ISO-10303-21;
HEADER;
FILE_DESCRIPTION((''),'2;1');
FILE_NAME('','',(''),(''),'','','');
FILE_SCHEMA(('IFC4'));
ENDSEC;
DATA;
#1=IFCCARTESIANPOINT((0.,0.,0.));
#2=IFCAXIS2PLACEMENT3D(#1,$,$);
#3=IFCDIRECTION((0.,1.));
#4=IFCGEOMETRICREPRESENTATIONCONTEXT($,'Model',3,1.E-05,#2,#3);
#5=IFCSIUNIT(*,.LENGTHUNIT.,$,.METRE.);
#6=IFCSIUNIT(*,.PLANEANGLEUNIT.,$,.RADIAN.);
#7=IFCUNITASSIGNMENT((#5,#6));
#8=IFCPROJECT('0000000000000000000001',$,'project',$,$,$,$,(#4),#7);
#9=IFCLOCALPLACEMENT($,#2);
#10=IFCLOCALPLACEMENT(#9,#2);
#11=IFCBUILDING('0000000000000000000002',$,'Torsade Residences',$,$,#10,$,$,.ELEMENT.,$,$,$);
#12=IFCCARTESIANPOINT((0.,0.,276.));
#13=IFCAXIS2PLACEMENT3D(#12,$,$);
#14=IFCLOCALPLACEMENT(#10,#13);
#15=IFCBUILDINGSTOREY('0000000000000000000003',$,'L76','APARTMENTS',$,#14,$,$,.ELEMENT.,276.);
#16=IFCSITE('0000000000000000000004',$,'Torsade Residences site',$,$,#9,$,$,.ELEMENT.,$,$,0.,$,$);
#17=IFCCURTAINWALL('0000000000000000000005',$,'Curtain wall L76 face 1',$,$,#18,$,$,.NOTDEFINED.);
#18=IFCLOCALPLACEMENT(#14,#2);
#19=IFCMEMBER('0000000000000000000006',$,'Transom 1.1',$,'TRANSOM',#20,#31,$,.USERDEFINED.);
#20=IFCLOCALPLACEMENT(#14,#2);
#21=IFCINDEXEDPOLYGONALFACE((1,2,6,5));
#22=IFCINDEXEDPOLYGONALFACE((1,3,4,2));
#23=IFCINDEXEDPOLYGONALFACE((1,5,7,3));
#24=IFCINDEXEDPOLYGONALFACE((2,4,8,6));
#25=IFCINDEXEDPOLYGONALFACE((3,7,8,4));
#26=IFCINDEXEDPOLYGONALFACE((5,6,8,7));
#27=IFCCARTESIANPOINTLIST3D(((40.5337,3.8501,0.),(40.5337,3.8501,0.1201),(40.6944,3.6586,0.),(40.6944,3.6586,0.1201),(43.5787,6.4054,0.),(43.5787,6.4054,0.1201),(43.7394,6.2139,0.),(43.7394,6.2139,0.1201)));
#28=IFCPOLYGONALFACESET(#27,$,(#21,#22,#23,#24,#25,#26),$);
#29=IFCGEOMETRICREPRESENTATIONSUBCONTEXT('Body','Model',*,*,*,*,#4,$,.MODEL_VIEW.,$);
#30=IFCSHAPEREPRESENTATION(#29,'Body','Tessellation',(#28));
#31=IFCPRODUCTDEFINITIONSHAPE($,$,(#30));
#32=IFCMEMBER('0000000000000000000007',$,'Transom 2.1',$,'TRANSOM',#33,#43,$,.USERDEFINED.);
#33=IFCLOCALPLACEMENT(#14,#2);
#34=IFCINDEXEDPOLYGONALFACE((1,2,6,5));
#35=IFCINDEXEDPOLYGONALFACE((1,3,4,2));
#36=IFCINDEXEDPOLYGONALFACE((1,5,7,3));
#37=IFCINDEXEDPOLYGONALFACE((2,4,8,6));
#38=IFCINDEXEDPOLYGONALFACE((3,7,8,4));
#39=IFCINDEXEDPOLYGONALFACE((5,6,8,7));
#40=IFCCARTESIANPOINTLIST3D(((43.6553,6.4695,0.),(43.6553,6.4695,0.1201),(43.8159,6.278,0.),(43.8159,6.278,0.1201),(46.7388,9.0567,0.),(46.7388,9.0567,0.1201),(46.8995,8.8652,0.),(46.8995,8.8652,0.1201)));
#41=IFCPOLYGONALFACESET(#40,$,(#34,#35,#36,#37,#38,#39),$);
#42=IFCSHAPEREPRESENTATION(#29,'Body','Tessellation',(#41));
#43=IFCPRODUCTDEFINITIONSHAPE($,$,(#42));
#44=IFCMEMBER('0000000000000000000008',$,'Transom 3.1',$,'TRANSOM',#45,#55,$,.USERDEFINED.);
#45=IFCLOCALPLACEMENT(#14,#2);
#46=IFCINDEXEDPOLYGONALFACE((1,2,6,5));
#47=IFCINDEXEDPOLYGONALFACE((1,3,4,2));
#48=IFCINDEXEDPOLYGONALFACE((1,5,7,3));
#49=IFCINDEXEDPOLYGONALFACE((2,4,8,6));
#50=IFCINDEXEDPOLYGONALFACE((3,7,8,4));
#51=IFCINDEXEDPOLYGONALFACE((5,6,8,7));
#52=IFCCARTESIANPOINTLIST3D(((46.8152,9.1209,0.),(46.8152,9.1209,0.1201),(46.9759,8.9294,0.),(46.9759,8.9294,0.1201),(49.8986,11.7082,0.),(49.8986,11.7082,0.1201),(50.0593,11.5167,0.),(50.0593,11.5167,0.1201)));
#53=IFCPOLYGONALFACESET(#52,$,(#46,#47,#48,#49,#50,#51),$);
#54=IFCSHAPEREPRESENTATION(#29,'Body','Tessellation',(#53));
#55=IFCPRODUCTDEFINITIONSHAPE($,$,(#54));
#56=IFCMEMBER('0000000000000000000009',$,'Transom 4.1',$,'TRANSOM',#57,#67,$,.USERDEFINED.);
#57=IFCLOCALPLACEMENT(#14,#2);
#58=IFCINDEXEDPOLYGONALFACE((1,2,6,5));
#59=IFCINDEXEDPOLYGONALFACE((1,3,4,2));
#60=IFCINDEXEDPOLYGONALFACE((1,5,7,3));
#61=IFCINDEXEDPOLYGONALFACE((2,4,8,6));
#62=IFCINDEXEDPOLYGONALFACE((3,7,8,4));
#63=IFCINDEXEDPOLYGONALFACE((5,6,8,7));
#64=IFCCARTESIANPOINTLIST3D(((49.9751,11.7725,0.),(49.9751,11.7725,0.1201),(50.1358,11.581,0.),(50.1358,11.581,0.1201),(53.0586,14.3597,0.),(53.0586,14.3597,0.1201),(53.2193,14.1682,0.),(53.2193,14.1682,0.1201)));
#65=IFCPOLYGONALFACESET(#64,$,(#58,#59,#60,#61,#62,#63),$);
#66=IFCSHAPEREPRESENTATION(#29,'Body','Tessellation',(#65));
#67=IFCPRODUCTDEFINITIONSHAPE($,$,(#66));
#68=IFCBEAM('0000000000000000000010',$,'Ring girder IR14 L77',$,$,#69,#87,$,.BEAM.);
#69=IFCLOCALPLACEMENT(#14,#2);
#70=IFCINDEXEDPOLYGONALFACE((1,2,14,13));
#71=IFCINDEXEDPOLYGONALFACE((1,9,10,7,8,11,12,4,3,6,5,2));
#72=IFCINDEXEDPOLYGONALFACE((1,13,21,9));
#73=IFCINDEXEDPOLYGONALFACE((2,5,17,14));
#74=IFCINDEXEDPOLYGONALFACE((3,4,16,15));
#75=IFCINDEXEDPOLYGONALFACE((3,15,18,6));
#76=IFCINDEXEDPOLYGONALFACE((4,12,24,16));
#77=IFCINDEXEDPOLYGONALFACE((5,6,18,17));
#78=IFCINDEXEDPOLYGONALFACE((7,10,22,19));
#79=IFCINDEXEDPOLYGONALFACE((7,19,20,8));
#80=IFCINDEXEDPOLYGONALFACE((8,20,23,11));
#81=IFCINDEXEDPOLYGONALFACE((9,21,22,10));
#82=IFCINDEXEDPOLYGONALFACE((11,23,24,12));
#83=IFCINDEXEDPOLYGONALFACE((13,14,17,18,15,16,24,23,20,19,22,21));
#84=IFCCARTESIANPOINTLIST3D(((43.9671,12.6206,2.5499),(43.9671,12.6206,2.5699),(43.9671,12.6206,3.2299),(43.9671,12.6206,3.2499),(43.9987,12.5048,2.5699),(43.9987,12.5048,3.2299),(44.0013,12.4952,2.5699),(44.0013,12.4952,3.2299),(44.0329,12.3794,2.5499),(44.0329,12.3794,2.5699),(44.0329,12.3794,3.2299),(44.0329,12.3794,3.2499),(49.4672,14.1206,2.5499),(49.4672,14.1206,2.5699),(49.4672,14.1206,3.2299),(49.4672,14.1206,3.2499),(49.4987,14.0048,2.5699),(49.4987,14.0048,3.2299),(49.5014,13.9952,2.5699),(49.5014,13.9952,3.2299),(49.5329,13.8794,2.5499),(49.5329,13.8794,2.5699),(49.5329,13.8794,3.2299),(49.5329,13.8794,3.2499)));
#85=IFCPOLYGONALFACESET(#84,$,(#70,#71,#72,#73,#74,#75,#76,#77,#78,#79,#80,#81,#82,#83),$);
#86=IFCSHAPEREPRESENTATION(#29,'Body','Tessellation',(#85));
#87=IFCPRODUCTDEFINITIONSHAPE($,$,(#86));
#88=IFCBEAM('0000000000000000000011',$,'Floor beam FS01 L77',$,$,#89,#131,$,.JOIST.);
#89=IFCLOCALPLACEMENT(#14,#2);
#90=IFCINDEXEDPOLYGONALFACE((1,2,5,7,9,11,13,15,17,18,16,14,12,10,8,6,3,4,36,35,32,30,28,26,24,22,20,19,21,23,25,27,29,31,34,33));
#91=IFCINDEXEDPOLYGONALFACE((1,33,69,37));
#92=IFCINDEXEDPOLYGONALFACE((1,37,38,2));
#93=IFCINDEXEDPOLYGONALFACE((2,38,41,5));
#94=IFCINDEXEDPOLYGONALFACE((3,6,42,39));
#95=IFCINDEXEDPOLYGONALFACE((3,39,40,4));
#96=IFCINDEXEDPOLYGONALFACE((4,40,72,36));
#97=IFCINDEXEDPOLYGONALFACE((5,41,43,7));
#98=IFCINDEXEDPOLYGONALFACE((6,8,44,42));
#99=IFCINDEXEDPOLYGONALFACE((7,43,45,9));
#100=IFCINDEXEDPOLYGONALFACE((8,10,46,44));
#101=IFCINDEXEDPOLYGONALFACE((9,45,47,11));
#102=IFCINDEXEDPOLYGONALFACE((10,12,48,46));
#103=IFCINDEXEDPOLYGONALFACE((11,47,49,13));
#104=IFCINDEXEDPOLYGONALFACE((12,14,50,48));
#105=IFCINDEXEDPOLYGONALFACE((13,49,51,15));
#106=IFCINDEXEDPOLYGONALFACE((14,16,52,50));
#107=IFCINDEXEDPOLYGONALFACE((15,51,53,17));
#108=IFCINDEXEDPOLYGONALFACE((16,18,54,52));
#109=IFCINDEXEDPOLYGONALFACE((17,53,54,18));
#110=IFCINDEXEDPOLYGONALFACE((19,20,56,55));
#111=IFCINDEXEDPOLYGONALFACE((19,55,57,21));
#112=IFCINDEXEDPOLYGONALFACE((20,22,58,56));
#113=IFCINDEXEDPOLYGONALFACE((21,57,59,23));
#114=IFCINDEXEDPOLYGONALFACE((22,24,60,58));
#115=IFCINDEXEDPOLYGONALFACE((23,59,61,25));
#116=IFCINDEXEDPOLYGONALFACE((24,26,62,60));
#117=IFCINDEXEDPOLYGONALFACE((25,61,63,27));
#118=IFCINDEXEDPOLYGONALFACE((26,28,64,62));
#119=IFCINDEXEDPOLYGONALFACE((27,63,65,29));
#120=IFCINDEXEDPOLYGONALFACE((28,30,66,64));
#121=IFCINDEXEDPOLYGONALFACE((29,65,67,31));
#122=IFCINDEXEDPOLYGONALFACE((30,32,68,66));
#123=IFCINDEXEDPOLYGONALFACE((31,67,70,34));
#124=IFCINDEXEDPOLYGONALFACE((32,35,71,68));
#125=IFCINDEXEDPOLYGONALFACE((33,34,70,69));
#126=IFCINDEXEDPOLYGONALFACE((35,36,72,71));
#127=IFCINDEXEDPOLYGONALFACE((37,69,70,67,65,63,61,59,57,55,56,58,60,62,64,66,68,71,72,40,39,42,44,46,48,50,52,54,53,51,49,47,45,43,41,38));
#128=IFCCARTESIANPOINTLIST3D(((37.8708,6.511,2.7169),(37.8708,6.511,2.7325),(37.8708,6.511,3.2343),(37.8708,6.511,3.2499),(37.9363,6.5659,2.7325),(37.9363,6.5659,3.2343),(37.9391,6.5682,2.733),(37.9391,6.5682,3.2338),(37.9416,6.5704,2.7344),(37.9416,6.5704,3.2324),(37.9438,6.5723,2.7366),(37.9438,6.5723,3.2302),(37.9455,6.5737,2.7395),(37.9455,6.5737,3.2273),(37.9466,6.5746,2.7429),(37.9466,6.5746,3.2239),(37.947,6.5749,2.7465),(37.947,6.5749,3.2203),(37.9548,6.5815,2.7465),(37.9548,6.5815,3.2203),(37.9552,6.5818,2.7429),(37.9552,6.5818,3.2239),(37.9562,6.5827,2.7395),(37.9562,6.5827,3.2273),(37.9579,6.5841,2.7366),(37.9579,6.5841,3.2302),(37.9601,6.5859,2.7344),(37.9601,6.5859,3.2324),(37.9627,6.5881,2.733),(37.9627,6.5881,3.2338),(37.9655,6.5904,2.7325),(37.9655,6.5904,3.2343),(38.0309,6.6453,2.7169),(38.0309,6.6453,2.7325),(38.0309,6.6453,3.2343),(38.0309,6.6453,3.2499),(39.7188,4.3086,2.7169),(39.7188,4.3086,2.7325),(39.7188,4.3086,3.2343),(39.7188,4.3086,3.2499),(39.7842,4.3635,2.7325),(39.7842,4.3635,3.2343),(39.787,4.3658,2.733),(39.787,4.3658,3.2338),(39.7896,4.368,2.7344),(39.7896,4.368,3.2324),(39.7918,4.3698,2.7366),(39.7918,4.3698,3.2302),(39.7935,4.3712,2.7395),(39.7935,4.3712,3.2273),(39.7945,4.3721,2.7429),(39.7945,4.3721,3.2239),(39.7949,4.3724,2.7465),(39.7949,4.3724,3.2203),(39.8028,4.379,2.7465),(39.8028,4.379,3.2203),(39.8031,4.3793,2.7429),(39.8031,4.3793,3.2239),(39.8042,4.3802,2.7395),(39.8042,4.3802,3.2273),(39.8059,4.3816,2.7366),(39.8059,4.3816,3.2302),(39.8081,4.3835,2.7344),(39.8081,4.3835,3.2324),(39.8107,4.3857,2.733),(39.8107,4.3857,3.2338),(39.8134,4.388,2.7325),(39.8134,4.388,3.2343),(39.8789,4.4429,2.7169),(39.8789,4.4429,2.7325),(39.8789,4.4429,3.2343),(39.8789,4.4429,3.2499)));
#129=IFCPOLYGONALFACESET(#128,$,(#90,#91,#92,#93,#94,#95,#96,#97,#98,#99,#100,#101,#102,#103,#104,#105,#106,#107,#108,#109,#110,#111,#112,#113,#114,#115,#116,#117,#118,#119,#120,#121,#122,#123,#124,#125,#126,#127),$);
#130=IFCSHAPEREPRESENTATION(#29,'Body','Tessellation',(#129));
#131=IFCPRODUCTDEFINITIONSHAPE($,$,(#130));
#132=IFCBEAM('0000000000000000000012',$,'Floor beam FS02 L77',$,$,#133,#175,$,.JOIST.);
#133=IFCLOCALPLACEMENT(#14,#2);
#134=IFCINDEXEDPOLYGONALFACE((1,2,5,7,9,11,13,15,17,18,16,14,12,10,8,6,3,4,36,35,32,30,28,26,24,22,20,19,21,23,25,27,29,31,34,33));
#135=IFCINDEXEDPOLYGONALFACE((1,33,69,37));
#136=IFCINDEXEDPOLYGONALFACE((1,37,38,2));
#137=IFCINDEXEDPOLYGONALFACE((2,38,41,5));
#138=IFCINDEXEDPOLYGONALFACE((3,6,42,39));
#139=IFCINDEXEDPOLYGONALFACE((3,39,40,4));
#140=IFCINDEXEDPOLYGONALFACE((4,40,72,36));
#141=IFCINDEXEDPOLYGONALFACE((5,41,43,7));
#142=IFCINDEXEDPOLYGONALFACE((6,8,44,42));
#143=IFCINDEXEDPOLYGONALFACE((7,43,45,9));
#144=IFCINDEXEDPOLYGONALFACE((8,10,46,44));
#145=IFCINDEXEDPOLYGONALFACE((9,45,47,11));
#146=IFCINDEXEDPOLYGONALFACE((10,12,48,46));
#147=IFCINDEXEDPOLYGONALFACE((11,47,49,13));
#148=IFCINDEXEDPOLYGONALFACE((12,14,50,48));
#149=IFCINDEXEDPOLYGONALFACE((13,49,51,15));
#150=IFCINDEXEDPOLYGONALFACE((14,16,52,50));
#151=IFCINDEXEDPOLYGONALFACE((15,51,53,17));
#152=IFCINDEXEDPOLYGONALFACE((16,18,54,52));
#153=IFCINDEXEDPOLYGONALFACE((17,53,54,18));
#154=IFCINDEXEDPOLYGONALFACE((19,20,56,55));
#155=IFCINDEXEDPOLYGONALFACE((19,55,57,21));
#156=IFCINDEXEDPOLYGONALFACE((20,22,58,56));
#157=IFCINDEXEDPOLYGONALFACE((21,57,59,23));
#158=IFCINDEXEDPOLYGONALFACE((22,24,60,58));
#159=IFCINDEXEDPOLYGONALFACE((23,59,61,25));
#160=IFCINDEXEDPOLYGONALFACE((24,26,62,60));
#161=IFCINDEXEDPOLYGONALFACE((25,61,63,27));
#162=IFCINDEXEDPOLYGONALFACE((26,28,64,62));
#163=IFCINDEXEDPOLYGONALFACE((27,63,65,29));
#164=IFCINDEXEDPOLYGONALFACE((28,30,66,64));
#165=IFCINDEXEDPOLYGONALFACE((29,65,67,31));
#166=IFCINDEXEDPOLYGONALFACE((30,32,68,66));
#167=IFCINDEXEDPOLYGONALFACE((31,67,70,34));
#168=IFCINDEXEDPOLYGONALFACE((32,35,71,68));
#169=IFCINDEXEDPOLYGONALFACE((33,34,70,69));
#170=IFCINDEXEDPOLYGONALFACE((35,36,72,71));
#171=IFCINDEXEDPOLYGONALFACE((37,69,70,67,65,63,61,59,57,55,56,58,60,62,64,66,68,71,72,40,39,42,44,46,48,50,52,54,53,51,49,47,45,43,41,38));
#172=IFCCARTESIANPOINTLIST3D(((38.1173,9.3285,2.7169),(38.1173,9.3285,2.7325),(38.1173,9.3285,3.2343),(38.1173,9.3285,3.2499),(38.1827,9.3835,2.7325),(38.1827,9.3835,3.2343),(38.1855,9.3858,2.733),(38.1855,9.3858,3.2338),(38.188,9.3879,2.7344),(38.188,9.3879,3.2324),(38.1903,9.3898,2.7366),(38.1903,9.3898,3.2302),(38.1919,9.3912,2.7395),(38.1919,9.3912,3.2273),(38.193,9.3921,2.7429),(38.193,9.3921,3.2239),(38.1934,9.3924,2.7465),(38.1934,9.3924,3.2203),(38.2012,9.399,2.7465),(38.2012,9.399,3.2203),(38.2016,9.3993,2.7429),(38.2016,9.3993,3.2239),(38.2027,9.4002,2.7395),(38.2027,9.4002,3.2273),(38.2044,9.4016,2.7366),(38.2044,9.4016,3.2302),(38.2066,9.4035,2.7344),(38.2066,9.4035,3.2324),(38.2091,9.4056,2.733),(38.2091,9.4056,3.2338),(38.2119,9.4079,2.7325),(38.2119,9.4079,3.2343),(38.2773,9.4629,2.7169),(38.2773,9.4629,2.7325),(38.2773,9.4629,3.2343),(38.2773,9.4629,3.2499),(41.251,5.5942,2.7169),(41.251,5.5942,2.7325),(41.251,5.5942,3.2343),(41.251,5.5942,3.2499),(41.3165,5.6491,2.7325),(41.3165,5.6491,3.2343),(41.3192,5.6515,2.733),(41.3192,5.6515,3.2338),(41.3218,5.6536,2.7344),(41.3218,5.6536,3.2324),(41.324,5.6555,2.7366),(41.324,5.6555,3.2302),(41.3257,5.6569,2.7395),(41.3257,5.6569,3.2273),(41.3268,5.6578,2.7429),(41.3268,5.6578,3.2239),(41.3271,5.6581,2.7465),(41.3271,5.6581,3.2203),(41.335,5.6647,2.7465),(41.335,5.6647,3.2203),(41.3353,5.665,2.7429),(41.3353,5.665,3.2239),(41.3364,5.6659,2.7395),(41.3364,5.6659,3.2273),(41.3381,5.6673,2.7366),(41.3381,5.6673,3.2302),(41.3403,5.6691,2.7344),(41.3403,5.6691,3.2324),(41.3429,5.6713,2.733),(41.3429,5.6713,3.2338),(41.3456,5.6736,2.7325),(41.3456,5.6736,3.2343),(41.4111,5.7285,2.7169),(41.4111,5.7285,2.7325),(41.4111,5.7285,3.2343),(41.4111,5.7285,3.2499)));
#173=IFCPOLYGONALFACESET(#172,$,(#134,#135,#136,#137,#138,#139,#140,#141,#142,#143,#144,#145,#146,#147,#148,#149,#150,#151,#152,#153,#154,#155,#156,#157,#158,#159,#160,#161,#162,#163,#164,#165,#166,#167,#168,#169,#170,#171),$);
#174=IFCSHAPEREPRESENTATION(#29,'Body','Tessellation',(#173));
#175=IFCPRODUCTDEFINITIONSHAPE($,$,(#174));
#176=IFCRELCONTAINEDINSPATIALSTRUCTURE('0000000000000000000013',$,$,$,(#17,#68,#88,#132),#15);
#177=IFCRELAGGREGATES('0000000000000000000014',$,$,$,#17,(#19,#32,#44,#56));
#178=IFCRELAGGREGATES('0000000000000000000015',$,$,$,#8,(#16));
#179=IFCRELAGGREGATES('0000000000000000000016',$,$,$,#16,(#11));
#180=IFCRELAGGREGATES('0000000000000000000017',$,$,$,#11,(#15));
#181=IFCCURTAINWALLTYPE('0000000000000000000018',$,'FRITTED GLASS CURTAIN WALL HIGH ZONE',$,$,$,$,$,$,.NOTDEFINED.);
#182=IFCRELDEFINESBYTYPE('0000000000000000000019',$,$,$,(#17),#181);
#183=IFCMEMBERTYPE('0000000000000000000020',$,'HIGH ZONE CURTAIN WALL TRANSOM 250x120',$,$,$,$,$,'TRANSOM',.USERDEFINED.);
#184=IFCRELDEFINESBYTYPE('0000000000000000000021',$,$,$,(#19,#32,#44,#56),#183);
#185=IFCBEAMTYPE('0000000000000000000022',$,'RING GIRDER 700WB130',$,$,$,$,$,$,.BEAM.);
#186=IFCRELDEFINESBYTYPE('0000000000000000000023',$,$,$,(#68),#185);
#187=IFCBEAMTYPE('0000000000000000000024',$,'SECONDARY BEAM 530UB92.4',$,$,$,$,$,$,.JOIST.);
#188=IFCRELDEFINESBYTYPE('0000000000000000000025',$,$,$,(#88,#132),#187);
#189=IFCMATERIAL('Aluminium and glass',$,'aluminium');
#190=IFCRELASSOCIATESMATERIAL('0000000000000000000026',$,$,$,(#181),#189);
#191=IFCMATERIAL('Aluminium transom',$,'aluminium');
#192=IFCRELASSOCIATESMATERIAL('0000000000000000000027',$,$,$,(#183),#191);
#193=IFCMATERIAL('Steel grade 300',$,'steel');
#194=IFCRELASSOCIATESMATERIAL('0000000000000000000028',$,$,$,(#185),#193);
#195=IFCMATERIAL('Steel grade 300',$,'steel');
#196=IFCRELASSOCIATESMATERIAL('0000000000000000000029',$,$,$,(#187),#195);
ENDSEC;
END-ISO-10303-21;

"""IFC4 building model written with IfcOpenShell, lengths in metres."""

from ifc_helpers import new_model, si_unit, direction, frame, origin, origin_2d, place, context, subcontext, project, spatial, rectangle, i_section, extrude, material, material_profile, profile_set, type_object, element, aggregate, save


model = new_model("IFC4")

# Units and contexts
model_context = context("Model", 3, precision=1e-05, world=origin(), true_north=direction((0.0, 1.0)))
body_context = subcontext(model_context, "Body", "Model", "MODEL_VIEW")
ifc_project = project(units=[si_unit("LENGTHUNIT", "METRE"), si_unit("PLANEANGLEUNIT", "RADIAN")], contexts=[model_context])

# Site, building, storey
site_placement = place(None, origin())
site = spatial("IfcSite", under=ifc_project, at=site_placement, Name="Torsade Residences site", CompositionType="ELEMENT", RefElevation=0.0)
building_placement = place(site_placement, origin())
building = spatial("IfcBuilding", under=site, at=building_placement, Name="Torsade Residences", CompositionType="ELEMENT")
storey_placement = place(building_placement, frame((0.0, 0.0, 276.0)))
storey = spatial("IfcBuildingStorey", under=building, at=storey_placement, Name="L76", Description="APARTMENTS", CompositionType="ELEMENT", Elevation=276.0)

# Curtain wall, members
ifc_material_1 = material(Name="Aluminium and glass", Category="aluminium")
curtain_wall_type = type_object("IfcCurtainWallType", Name="FRITTED GLASS CURTAIN WALL HIGH ZONE", PredefinedType="NOTDEFINED", material=ifc_material_1)
curtain_wall_placement = place(storey_placement, origin())
curtain_wall = element("IfcCurtainWall", 1, at=curtain_wall_placement, inside=storey, type_object=curtain_wall_type, Name="Curtain wall L76 face 1", PredefinedType="NOTDEFINED")
ifc_material_2 = material(Name="Aluminium transom", Category="aluminium")
ifc_material_profile_1 = material_profile(ifc_material_2, rectangle(XDim=0.25, YDim=0.1201, at=origin_2d()), Name="HIGH ZONE CURTAIN WALL TRANSOM 250x120")
ifc_profile_set_1 = profile_set([ifc_material_profile_1], Name="Aluminium transom")
member_type_1 = type_object("IfcMemberType", Name="HIGH ZONE CURTAIN WALL TRANSOM 250x120", ElementType="TRANSOM", PredefinedType="USERDEFINED", material=ifc_profile_set_1)
member_1_placement = place(storey_placement, frame((40.614, 3.7544, 0.0601), z_axis=(0.766022, 0.642815, 0.0), x_axis=(-0.642815, 0.766022, 0.0)))
member_1 = element("IfcMember", 2, at=member_1_placement, type_object=member_type_1, Name="Transom 1.1", ObjectType="TRANSOM", PredefinedType="USERDEFINED", context=body_context, shape_type="SweptSolid", body=[
    extrude(rectangle(XDim=0.25, YDim=0.1201, at=origin_2d()), origin(), (0.0, 0.0, 1.0), 3.9751),
])
member_2_placement = place(storey_placement, frame((43.7356, 6.3738, 0.0601), z_axis=(0.766069, 0.642758, 0.0), x_axis=(-0.642758, 0.766069, 0.0)))
member_2 = element("IfcMember", 3, at=member_2_placement, type_object=member_type_1, Name="Transom 2.1", ObjectType="TRANSOM", PredefinedType="USERDEFINED", context=body_context, shape_type="SweptSolid", body=[
    extrude(rectangle(XDim=0.25, YDim=0.1201, at=origin_2d()), origin(), (0.0, 0.0, 1.0), 4.0251),
])
member_3_placement = place(storey_placement, frame((46.8955, 9.0251, 0.0601), z_axis=(0.766039, 0.642794, 0.0), x_axis=(-0.642794, 0.766039, 0.0)))
member_3 = element("IfcMember", 4, at=member_3_placement, type_object=member_type_1, Name="Transom 3.1", ObjectType="TRANSOM", PredefinedType="USERDEFINED", context=body_context, shape_type="SweptSolid", body=[
    extrude(rectangle(XDim=0.25, YDim=0.1201, at=origin_2d()), origin(), (0.0, 0.0, 1.0), 4.0251),
])
member_4_placement = place(storey_placement, frame((50.0554, 11.6768, 0.0601), z_axis=(0.766069, 0.642758, 0.0), x_axis=(-0.642758, 0.766069, 0.0)))
member_4 = element("IfcMember", 5, at=member_4_placement, type_object=member_type_1, Name="Transom 4.1", ObjectType="TRANSOM", PredefinedType="USERDEFINED", context=body_context, shape_type="SweptSolid", body=[
    extrude(rectangle(XDim=0.25, YDim=0.1201, at=origin_2d()), origin(), (0.0, 0.0, 1.0), 4.0251),
])

# Beams
ifc_material_3 = material(Name="Steel grade 300", Category="steel")
ifc_material_profile_2 = material_profile(ifc_material_3, i_section(OverallWidth=0.25, OverallDepth=0.7, WebThickness=0.01, FlangeThickness=0.02, at=origin_2d()), Name="700WB130")
ifc_profile_set_2 = profile_set([ifc_material_profile_2], Name="Steel grade 300")
beam_type_1 = type_object("IfcBeamType", Name="RING GIRDER 700WB130", PredefinedType="BEAM", material=ifc_profile_set_2)
beam_1_placement = place(storey_placement, frame((44.0, 12.5, 2.8999), z_axis=(0.964764, 0.263117, 0.0), x_axis=(-0.263117, 0.964764, 0.0)))
element("IfcBeam", 6, at=beam_1_placement, inside=storey, type_object=beam_type_1, Name="Ring girder IR14 L77", PredefinedType="BEAM", context=body_context, shape_type="SweptSolid", body=[
    extrude(i_section(OverallWidth=0.25, OverallDepth=0.7, WebThickness=0.01, FlangeThickness=0.02, at=origin_2d()), origin(), (0.0, 0.0, 1.0), 5.7009),
])
ifc_material_4 = material(Name="Steel grade 300", Category="steel")
ifc_material_profile_3 = material_profile(ifc_material_4, i_section(OverallWidth=0.209, OverallDepth=0.533, WebThickness=0.0103, FlangeThickness=0.0156, FilletRadius=0.0139, at=origin_2d()), Name="530UB92.4")
ifc_profile_set_3 = profile_set([ifc_material_profile_3], Name="Steel grade 300")
beam_type_2 = type_object("IfcBeamType", Name="SECONDARY BEAM 530UB92.4", PredefinedType="JOIST", material=ifc_profile_set_3)
beam_2_placement = place(storey_placement, frame((39.7988, 4.3757, 2.9834), z_axis=(-0.642762, 0.766066, 0.0), x_axis=(-0.766066, -0.642762, 0.0)))
element("IfcBeam", 7, at=beam_2_placement, inside=storey, type_object=beam_type_2, Name="Floor beam FS01 L77", PredefinedType="JOIST", context=body_context, shape_type="SweptSolid", body=[
    extrude(i_section(OverallWidth=0.209, OverallDepth=0.533, WebThickness=0.0103, FlangeThickness=0.0156, FilletRadius=0.0139, at=origin_2d()), origin(), (0.0, 0.0, 1.0), 2.875),
])
beam_3_placement = place(storey_placement, frame((41.3311, 5.6614, 2.9834), z_axis=(-0.642821, 0.766017, 0.0), x_axis=(-0.766017, -0.642821, 0.0)))
element("IfcBeam", 8, at=beam_3_placement, inside=storey, type_object=beam_type_2, Name="Floor beam FS02 L77", PredefinedType="JOIST", context=body_context, shape_type="SweptSolid", body=[
    extrude(i_section(OverallWidth=0.209, OverallDepth=0.533, WebThickness=0.0103, FlangeThickness=0.0156, FilletRadius=0.0139, at=origin_2d()), origin(), (0.0, 0.0, 1.0), 4.875),
])

aggregate(curtain_wall, [member_1, member_2, member_3, member_4])

save(model, "model.ifc")
